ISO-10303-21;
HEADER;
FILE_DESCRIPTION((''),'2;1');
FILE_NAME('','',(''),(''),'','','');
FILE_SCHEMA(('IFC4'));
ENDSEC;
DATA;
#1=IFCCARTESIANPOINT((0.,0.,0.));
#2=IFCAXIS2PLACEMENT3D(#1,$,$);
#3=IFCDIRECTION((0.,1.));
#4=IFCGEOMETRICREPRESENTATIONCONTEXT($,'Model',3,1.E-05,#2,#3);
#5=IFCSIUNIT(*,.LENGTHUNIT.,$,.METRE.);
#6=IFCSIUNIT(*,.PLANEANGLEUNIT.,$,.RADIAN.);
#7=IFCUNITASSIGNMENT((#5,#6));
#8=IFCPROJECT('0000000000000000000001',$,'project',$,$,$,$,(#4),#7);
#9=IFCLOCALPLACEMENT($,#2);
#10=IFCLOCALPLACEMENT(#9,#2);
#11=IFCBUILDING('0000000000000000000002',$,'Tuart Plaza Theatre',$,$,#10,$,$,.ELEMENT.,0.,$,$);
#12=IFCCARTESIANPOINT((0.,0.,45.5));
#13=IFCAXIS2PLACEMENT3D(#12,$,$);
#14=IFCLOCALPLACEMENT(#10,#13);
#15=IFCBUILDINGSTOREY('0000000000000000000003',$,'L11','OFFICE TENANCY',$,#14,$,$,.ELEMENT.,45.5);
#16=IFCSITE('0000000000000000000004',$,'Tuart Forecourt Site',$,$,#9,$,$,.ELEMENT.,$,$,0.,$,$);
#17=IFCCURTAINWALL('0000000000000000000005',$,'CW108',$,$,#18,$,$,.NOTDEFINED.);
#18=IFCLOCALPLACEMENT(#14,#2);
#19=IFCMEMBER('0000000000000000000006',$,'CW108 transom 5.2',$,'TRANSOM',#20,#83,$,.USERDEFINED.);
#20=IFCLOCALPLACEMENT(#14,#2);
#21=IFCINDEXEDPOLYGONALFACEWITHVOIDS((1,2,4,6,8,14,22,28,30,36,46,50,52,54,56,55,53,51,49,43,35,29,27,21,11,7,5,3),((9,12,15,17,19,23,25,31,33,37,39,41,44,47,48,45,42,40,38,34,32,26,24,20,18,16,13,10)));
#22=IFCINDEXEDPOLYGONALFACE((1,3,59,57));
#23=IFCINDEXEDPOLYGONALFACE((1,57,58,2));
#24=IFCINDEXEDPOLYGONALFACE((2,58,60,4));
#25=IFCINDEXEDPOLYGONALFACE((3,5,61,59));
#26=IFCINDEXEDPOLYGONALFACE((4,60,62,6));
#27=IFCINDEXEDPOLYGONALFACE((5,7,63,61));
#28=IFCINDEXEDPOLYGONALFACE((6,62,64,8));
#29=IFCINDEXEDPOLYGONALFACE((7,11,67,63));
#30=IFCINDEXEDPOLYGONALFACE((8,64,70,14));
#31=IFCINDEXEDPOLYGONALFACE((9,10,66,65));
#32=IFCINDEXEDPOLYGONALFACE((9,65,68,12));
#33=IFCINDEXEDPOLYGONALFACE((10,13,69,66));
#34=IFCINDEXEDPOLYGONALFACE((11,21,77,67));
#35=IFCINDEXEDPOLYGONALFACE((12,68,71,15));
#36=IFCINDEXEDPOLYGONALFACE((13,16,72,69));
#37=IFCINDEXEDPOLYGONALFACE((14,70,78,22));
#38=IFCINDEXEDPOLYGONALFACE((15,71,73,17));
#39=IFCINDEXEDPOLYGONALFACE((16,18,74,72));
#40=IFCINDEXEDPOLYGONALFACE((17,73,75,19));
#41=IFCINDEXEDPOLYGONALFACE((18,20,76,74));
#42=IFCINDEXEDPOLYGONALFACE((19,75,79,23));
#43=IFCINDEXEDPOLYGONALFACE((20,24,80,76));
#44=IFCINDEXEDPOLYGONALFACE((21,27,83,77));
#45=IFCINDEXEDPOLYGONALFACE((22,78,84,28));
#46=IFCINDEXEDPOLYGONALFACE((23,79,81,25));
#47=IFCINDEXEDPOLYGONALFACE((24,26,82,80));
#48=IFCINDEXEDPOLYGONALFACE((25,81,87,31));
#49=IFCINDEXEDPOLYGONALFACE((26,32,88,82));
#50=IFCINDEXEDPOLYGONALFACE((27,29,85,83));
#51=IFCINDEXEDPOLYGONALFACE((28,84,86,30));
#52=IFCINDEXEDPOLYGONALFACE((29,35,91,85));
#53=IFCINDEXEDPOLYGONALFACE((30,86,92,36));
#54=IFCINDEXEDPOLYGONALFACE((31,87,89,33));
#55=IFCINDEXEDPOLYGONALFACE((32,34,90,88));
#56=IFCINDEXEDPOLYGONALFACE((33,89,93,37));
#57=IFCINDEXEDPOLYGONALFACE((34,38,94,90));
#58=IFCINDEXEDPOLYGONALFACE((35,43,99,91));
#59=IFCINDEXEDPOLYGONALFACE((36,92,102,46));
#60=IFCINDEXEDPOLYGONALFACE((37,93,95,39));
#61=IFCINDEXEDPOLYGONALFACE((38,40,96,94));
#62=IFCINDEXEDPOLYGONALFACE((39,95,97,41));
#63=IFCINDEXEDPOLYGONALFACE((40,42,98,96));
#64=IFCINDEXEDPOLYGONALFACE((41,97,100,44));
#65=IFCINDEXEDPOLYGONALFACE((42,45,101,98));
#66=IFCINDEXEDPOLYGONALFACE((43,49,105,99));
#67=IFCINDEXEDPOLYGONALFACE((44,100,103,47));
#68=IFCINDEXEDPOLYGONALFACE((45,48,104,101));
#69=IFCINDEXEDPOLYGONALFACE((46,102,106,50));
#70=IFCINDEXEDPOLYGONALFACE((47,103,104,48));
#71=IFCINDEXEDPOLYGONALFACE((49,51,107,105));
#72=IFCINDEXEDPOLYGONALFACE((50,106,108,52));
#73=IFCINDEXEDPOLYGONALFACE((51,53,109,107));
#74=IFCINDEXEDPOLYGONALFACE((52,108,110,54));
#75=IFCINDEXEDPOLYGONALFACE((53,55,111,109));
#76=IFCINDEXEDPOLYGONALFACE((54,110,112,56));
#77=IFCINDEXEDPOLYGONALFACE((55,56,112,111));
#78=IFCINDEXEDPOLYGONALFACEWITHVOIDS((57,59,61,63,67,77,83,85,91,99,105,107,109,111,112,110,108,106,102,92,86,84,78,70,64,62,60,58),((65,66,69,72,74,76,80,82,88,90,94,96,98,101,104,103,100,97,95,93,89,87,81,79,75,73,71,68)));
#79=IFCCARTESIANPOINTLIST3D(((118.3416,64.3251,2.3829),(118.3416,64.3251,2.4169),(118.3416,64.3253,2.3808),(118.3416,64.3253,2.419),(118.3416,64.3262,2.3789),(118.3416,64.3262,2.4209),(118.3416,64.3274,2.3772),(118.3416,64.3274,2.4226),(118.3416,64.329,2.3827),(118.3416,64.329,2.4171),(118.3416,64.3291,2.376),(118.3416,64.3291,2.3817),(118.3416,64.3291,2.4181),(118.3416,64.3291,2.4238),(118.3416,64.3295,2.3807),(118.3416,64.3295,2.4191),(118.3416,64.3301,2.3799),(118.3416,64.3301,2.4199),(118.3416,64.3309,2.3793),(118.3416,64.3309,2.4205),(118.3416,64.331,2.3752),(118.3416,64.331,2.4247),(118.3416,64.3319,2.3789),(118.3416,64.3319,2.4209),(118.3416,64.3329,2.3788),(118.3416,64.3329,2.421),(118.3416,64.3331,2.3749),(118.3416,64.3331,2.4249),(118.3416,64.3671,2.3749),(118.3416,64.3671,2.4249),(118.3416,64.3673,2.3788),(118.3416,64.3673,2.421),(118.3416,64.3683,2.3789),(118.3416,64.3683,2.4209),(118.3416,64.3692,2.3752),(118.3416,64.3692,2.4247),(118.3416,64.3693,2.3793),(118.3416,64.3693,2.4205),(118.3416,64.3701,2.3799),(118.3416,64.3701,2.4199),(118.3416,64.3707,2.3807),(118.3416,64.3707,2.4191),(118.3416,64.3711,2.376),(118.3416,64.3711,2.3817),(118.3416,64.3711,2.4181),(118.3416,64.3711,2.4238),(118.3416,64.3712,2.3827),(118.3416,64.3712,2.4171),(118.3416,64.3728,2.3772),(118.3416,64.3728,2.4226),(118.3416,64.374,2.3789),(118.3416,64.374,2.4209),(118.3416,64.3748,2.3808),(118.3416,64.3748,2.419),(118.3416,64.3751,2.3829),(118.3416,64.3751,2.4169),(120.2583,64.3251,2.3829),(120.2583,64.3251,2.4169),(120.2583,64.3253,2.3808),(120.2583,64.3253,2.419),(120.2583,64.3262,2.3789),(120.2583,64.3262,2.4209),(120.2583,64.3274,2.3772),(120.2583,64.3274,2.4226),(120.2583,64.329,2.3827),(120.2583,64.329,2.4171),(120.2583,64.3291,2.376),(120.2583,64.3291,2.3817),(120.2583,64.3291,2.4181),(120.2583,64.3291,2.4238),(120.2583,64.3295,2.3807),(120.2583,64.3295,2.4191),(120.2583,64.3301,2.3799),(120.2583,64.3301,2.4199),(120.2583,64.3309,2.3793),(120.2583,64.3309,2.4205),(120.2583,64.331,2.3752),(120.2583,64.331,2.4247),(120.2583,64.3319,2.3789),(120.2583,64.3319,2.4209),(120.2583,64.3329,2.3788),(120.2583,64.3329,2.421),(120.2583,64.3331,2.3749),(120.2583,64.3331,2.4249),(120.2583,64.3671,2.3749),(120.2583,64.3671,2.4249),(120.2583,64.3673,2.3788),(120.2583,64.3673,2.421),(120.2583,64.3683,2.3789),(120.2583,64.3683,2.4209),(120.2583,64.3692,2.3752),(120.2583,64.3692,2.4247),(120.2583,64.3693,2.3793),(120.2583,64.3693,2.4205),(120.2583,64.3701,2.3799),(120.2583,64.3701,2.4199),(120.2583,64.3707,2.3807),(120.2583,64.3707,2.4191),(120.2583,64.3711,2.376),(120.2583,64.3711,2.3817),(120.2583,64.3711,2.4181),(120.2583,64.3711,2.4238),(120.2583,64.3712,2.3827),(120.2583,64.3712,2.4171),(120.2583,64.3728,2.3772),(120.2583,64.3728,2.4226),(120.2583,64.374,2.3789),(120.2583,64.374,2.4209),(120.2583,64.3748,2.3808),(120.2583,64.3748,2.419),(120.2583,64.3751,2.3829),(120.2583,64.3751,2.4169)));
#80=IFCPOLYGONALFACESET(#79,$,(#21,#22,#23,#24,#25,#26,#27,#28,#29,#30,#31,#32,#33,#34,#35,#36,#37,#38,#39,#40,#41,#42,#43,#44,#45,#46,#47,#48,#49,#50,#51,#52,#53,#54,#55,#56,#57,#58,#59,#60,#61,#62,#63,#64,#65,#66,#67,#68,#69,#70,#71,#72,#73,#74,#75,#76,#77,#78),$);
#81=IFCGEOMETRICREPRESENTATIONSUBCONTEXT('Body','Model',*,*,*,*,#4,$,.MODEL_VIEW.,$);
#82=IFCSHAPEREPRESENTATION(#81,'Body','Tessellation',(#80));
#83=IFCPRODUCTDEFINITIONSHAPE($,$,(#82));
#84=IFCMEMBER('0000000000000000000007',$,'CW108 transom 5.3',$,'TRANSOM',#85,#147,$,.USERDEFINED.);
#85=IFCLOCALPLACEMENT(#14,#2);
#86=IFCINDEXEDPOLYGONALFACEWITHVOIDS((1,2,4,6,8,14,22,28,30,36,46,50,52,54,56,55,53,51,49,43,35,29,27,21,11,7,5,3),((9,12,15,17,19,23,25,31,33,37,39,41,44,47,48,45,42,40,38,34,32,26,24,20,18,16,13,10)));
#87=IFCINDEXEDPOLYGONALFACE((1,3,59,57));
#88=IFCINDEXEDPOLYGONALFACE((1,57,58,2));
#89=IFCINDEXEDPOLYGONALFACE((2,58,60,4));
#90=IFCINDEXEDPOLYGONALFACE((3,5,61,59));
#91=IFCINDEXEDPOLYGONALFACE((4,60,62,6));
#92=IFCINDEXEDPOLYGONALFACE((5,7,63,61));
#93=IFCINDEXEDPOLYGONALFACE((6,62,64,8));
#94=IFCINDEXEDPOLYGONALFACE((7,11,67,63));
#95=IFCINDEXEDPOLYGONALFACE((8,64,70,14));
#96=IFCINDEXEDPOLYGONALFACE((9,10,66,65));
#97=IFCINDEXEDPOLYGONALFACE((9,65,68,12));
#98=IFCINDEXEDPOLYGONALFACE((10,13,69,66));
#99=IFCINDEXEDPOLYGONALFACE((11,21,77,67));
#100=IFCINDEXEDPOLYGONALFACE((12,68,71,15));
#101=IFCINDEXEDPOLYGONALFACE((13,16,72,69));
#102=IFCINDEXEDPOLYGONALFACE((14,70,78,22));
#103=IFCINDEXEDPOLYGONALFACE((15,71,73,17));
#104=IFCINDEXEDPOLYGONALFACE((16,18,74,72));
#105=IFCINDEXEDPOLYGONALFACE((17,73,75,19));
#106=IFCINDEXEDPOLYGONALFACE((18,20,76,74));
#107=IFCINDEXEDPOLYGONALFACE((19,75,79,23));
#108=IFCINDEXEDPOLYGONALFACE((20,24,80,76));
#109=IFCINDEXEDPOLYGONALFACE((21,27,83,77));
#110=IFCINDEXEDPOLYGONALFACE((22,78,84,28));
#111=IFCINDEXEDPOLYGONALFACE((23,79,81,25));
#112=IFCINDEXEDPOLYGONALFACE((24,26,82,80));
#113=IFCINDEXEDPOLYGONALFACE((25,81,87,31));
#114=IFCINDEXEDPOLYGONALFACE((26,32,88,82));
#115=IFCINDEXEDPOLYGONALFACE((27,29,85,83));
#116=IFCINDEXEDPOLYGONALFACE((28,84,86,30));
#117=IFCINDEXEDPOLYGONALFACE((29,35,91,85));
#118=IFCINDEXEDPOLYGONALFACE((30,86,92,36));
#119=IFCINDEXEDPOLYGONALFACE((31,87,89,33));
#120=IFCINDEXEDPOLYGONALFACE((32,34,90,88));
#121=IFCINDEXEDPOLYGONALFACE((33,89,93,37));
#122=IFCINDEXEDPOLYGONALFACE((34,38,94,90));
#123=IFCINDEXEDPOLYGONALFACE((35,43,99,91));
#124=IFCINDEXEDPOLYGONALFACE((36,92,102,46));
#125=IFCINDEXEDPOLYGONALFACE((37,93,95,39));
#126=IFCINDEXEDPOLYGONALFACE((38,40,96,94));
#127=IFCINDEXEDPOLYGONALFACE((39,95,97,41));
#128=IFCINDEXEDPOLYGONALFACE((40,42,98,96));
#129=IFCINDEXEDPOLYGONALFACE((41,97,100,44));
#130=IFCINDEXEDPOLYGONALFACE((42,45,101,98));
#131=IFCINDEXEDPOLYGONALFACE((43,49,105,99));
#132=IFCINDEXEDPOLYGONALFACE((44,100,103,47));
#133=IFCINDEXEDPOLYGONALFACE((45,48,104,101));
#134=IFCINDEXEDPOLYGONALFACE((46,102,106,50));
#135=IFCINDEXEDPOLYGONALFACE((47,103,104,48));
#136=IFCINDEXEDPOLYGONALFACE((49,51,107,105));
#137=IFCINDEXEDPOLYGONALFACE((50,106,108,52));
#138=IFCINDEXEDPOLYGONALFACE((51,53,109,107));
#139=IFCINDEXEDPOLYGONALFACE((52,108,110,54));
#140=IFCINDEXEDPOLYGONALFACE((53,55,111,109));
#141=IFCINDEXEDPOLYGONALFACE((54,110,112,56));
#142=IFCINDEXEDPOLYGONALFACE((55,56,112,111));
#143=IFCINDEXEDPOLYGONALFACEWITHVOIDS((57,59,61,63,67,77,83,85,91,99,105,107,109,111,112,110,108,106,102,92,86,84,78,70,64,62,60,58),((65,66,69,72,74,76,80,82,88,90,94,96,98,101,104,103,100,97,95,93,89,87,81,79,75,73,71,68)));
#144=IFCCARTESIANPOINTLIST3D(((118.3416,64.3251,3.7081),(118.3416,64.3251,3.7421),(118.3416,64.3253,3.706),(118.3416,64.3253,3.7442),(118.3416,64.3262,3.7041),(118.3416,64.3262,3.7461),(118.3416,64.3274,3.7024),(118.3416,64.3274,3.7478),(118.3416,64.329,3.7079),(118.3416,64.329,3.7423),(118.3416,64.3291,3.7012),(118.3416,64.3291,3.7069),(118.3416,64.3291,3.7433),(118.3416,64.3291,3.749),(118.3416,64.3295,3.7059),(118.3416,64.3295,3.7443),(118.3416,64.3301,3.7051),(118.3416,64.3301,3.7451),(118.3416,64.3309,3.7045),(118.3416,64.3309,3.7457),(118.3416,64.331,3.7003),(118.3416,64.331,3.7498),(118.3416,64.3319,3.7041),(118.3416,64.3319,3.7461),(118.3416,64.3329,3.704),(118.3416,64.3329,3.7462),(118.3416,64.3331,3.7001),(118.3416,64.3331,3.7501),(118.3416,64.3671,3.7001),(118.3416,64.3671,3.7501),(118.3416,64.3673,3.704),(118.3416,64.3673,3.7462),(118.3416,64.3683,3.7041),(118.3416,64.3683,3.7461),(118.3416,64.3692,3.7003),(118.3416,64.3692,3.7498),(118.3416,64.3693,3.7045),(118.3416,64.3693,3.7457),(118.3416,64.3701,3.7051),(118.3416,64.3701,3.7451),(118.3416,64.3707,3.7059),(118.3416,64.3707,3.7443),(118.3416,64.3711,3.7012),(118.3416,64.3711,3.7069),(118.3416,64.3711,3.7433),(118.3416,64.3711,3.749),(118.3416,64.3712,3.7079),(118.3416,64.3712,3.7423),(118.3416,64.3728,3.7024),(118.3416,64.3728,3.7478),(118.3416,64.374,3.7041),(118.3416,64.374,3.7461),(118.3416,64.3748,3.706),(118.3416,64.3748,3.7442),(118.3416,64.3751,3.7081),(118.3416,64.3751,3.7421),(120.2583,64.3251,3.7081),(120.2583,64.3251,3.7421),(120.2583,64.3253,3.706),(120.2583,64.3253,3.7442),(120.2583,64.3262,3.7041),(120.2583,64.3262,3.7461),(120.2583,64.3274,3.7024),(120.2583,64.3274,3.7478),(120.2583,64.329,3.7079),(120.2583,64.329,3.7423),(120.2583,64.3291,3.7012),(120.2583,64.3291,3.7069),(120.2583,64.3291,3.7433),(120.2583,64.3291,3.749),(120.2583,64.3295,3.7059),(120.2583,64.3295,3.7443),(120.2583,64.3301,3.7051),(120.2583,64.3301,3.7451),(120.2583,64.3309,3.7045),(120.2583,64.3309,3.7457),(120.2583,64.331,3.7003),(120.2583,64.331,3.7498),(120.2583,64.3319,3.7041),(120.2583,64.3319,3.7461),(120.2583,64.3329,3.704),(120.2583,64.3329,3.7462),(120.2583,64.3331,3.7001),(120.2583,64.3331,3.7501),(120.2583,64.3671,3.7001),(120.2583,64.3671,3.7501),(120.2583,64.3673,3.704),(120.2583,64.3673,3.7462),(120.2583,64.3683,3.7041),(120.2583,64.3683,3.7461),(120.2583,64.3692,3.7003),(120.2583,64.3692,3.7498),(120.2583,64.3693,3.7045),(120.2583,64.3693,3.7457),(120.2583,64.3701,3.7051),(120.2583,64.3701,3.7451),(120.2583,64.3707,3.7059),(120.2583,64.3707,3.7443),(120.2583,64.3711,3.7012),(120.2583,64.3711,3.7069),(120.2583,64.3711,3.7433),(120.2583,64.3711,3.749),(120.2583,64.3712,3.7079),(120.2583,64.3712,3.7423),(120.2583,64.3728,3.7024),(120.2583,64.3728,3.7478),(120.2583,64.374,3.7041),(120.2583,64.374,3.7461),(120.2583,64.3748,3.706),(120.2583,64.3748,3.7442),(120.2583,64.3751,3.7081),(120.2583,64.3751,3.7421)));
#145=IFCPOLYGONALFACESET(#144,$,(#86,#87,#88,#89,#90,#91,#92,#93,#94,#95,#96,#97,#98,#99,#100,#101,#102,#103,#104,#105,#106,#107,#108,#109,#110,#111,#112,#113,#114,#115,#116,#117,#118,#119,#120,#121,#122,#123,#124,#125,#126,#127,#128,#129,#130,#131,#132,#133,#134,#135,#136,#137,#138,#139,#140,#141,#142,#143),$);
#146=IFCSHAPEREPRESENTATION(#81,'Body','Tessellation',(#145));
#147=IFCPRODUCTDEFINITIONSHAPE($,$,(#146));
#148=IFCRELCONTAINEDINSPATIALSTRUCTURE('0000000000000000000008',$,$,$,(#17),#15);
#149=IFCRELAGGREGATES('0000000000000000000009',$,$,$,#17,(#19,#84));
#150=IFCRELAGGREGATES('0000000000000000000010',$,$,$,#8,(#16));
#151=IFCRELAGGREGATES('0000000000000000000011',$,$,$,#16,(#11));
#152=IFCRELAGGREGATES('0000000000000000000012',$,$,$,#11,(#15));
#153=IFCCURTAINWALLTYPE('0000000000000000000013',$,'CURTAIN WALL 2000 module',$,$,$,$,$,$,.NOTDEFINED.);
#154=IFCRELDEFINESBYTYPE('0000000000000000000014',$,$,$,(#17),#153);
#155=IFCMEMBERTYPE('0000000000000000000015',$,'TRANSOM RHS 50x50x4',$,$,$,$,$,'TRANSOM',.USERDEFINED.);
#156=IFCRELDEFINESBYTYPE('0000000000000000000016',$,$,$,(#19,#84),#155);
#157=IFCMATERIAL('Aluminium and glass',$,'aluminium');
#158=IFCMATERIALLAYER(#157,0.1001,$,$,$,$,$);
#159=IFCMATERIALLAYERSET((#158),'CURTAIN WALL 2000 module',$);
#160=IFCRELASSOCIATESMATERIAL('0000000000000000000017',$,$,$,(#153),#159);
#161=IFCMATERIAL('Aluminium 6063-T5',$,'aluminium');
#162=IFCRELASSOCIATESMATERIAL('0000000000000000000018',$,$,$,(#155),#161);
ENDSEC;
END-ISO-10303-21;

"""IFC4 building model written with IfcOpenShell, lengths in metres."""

from ifc_helpers import new_model, si_unit, direction, frame, origin, origin_2d, place, context, subcontext, project, spatial, hollow_rectangle, extrude, material, layer, layer_set, material_profile, profile_set, type_object, element, aggregate, save


model = new_model("IFC4")

# Units and contexts
model_context = context("Model", 3, precision=1e-05, world=origin(), true_north=direction((0.0, 1.0)))
body_context = subcontext(model_context, "Body", "Model", "MODEL_VIEW")
ifc_project = project(units=[si_unit("LENGTHUNIT", "METRE"), si_unit("PLANEANGLEUNIT", "RADIAN")], contexts=[model_context])

# Site, building, storey
site_placement = place(None, origin())
site = spatial("IfcSite", under=ifc_project, at=site_placement, Name="Tuart Forecourt Site", CompositionType="ELEMENT", RefElevation=0.0)
building_placement = place(site_placement, origin())
building = spatial("IfcBuilding", under=site, at=building_placement, Name="Tuart Plaza Theatre", CompositionType="ELEMENT", ElevationOfRefHeight=0.0)
storey_placement = place(building_placement, frame((0.0, 0.0, 45.5)))
storey = spatial("IfcBuildingStorey", under=building, at=storey_placement, Name="L11", Description="OFFICE TENANCY", CompositionType="ELEMENT", Elevation=45.5)

# Curtain wall, members
ifc_material_1 = material(Name="Aluminium and glass", Category="aluminium")
ifc_layer_1 = layer(ifc_material_1, 0.1001)
ifc_layer_set_1 = layer_set([ifc_layer_1], Name="CURTAIN WALL 2000 module")
curtain_wall_type = type_object("IfcCurtainWallType", Name="CURTAIN WALL 2000 module", PredefinedType="NOTDEFINED", material=ifc_layer_set_1)
curtain_wall_1_placement = place(storey_placement, origin())
curtain_wall_1 = element("IfcCurtainWall", 1, at=curtain_wall_1_placement, inside=storey, type_object=curtain_wall_type, Name="CW108", PredefinedType="NOTDEFINED")
ifc_material_2 = material(Name="Aluminium 6063-T5", Category="aluminium")
ifc_material_profile_1 = material_profile(ifc_material_2, hollow_rectangle(XDim=0.05, YDim=0.05, WallThickness=0.0039, InnerFilletRadius=0.0039, OuterFilletRadius=0.0081, at=origin_2d()), Name="RHS 50x50x4")
ifc_profile_set_1 = profile_set([ifc_material_profile_1], Name="Aluminium 6063-T5")
member_type_1 = type_object("IfcMemberType", Name="TRANSOM RHS 50x50x4", ElementType="TRANSOM", PredefinedType="USERDEFINED", material=ifc_profile_set_1)
member_1_placement = place(storey_placement, frame((118.3416, 64.3501, 2.3999), z_axis=(1.0, 0.0, 0.0), x_axis=(0.0, 1.0, 0.0)))
member_1 = element("IfcMember", 2, at=member_1_placement, type_object=member_type_1, Name="CW108 transom 5.2", ObjectType="TRANSOM", PredefinedType="USERDEFINED", context=body_context, shape_type="SweptSolid", body=[
    extrude(hollow_rectangle(XDim=0.05, YDim=0.05, WallThickness=0.0039, InnerFilletRadius=0.0039, OuterFilletRadius=0.0081, at=origin_2d()), origin(), (0.0, 0.0, 1.0), 1.9167),
])
member_2_placement = place(storey_placement, frame((118.3416, 64.3501, 3.7251), z_axis=(1.0, 0.0, 0.0), x_axis=(0.0, 1.0, 0.0)))
member_2 = element("IfcMember", 3, at=member_2_placement, type_object=member_type_1, Name="CW108 transom 5.3", ObjectType="TRANSOM", PredefinedType="USERDEFINED", context=body_context, shape_type="SweptSolid", body=[
    extrude(hollow_rectangle(XDim=0.05, YDim=0.05, WallThickness=0.0039, InnerFilletRadius=0.0039, OuterFilletRadius=0.0081, at=origin_2d()), origin(), (0.0, 0.0, 1.0), 1.9167),
])

aggregate(curtain_wall_1, [member_1, member_2])

save(model, "model.ifc")
